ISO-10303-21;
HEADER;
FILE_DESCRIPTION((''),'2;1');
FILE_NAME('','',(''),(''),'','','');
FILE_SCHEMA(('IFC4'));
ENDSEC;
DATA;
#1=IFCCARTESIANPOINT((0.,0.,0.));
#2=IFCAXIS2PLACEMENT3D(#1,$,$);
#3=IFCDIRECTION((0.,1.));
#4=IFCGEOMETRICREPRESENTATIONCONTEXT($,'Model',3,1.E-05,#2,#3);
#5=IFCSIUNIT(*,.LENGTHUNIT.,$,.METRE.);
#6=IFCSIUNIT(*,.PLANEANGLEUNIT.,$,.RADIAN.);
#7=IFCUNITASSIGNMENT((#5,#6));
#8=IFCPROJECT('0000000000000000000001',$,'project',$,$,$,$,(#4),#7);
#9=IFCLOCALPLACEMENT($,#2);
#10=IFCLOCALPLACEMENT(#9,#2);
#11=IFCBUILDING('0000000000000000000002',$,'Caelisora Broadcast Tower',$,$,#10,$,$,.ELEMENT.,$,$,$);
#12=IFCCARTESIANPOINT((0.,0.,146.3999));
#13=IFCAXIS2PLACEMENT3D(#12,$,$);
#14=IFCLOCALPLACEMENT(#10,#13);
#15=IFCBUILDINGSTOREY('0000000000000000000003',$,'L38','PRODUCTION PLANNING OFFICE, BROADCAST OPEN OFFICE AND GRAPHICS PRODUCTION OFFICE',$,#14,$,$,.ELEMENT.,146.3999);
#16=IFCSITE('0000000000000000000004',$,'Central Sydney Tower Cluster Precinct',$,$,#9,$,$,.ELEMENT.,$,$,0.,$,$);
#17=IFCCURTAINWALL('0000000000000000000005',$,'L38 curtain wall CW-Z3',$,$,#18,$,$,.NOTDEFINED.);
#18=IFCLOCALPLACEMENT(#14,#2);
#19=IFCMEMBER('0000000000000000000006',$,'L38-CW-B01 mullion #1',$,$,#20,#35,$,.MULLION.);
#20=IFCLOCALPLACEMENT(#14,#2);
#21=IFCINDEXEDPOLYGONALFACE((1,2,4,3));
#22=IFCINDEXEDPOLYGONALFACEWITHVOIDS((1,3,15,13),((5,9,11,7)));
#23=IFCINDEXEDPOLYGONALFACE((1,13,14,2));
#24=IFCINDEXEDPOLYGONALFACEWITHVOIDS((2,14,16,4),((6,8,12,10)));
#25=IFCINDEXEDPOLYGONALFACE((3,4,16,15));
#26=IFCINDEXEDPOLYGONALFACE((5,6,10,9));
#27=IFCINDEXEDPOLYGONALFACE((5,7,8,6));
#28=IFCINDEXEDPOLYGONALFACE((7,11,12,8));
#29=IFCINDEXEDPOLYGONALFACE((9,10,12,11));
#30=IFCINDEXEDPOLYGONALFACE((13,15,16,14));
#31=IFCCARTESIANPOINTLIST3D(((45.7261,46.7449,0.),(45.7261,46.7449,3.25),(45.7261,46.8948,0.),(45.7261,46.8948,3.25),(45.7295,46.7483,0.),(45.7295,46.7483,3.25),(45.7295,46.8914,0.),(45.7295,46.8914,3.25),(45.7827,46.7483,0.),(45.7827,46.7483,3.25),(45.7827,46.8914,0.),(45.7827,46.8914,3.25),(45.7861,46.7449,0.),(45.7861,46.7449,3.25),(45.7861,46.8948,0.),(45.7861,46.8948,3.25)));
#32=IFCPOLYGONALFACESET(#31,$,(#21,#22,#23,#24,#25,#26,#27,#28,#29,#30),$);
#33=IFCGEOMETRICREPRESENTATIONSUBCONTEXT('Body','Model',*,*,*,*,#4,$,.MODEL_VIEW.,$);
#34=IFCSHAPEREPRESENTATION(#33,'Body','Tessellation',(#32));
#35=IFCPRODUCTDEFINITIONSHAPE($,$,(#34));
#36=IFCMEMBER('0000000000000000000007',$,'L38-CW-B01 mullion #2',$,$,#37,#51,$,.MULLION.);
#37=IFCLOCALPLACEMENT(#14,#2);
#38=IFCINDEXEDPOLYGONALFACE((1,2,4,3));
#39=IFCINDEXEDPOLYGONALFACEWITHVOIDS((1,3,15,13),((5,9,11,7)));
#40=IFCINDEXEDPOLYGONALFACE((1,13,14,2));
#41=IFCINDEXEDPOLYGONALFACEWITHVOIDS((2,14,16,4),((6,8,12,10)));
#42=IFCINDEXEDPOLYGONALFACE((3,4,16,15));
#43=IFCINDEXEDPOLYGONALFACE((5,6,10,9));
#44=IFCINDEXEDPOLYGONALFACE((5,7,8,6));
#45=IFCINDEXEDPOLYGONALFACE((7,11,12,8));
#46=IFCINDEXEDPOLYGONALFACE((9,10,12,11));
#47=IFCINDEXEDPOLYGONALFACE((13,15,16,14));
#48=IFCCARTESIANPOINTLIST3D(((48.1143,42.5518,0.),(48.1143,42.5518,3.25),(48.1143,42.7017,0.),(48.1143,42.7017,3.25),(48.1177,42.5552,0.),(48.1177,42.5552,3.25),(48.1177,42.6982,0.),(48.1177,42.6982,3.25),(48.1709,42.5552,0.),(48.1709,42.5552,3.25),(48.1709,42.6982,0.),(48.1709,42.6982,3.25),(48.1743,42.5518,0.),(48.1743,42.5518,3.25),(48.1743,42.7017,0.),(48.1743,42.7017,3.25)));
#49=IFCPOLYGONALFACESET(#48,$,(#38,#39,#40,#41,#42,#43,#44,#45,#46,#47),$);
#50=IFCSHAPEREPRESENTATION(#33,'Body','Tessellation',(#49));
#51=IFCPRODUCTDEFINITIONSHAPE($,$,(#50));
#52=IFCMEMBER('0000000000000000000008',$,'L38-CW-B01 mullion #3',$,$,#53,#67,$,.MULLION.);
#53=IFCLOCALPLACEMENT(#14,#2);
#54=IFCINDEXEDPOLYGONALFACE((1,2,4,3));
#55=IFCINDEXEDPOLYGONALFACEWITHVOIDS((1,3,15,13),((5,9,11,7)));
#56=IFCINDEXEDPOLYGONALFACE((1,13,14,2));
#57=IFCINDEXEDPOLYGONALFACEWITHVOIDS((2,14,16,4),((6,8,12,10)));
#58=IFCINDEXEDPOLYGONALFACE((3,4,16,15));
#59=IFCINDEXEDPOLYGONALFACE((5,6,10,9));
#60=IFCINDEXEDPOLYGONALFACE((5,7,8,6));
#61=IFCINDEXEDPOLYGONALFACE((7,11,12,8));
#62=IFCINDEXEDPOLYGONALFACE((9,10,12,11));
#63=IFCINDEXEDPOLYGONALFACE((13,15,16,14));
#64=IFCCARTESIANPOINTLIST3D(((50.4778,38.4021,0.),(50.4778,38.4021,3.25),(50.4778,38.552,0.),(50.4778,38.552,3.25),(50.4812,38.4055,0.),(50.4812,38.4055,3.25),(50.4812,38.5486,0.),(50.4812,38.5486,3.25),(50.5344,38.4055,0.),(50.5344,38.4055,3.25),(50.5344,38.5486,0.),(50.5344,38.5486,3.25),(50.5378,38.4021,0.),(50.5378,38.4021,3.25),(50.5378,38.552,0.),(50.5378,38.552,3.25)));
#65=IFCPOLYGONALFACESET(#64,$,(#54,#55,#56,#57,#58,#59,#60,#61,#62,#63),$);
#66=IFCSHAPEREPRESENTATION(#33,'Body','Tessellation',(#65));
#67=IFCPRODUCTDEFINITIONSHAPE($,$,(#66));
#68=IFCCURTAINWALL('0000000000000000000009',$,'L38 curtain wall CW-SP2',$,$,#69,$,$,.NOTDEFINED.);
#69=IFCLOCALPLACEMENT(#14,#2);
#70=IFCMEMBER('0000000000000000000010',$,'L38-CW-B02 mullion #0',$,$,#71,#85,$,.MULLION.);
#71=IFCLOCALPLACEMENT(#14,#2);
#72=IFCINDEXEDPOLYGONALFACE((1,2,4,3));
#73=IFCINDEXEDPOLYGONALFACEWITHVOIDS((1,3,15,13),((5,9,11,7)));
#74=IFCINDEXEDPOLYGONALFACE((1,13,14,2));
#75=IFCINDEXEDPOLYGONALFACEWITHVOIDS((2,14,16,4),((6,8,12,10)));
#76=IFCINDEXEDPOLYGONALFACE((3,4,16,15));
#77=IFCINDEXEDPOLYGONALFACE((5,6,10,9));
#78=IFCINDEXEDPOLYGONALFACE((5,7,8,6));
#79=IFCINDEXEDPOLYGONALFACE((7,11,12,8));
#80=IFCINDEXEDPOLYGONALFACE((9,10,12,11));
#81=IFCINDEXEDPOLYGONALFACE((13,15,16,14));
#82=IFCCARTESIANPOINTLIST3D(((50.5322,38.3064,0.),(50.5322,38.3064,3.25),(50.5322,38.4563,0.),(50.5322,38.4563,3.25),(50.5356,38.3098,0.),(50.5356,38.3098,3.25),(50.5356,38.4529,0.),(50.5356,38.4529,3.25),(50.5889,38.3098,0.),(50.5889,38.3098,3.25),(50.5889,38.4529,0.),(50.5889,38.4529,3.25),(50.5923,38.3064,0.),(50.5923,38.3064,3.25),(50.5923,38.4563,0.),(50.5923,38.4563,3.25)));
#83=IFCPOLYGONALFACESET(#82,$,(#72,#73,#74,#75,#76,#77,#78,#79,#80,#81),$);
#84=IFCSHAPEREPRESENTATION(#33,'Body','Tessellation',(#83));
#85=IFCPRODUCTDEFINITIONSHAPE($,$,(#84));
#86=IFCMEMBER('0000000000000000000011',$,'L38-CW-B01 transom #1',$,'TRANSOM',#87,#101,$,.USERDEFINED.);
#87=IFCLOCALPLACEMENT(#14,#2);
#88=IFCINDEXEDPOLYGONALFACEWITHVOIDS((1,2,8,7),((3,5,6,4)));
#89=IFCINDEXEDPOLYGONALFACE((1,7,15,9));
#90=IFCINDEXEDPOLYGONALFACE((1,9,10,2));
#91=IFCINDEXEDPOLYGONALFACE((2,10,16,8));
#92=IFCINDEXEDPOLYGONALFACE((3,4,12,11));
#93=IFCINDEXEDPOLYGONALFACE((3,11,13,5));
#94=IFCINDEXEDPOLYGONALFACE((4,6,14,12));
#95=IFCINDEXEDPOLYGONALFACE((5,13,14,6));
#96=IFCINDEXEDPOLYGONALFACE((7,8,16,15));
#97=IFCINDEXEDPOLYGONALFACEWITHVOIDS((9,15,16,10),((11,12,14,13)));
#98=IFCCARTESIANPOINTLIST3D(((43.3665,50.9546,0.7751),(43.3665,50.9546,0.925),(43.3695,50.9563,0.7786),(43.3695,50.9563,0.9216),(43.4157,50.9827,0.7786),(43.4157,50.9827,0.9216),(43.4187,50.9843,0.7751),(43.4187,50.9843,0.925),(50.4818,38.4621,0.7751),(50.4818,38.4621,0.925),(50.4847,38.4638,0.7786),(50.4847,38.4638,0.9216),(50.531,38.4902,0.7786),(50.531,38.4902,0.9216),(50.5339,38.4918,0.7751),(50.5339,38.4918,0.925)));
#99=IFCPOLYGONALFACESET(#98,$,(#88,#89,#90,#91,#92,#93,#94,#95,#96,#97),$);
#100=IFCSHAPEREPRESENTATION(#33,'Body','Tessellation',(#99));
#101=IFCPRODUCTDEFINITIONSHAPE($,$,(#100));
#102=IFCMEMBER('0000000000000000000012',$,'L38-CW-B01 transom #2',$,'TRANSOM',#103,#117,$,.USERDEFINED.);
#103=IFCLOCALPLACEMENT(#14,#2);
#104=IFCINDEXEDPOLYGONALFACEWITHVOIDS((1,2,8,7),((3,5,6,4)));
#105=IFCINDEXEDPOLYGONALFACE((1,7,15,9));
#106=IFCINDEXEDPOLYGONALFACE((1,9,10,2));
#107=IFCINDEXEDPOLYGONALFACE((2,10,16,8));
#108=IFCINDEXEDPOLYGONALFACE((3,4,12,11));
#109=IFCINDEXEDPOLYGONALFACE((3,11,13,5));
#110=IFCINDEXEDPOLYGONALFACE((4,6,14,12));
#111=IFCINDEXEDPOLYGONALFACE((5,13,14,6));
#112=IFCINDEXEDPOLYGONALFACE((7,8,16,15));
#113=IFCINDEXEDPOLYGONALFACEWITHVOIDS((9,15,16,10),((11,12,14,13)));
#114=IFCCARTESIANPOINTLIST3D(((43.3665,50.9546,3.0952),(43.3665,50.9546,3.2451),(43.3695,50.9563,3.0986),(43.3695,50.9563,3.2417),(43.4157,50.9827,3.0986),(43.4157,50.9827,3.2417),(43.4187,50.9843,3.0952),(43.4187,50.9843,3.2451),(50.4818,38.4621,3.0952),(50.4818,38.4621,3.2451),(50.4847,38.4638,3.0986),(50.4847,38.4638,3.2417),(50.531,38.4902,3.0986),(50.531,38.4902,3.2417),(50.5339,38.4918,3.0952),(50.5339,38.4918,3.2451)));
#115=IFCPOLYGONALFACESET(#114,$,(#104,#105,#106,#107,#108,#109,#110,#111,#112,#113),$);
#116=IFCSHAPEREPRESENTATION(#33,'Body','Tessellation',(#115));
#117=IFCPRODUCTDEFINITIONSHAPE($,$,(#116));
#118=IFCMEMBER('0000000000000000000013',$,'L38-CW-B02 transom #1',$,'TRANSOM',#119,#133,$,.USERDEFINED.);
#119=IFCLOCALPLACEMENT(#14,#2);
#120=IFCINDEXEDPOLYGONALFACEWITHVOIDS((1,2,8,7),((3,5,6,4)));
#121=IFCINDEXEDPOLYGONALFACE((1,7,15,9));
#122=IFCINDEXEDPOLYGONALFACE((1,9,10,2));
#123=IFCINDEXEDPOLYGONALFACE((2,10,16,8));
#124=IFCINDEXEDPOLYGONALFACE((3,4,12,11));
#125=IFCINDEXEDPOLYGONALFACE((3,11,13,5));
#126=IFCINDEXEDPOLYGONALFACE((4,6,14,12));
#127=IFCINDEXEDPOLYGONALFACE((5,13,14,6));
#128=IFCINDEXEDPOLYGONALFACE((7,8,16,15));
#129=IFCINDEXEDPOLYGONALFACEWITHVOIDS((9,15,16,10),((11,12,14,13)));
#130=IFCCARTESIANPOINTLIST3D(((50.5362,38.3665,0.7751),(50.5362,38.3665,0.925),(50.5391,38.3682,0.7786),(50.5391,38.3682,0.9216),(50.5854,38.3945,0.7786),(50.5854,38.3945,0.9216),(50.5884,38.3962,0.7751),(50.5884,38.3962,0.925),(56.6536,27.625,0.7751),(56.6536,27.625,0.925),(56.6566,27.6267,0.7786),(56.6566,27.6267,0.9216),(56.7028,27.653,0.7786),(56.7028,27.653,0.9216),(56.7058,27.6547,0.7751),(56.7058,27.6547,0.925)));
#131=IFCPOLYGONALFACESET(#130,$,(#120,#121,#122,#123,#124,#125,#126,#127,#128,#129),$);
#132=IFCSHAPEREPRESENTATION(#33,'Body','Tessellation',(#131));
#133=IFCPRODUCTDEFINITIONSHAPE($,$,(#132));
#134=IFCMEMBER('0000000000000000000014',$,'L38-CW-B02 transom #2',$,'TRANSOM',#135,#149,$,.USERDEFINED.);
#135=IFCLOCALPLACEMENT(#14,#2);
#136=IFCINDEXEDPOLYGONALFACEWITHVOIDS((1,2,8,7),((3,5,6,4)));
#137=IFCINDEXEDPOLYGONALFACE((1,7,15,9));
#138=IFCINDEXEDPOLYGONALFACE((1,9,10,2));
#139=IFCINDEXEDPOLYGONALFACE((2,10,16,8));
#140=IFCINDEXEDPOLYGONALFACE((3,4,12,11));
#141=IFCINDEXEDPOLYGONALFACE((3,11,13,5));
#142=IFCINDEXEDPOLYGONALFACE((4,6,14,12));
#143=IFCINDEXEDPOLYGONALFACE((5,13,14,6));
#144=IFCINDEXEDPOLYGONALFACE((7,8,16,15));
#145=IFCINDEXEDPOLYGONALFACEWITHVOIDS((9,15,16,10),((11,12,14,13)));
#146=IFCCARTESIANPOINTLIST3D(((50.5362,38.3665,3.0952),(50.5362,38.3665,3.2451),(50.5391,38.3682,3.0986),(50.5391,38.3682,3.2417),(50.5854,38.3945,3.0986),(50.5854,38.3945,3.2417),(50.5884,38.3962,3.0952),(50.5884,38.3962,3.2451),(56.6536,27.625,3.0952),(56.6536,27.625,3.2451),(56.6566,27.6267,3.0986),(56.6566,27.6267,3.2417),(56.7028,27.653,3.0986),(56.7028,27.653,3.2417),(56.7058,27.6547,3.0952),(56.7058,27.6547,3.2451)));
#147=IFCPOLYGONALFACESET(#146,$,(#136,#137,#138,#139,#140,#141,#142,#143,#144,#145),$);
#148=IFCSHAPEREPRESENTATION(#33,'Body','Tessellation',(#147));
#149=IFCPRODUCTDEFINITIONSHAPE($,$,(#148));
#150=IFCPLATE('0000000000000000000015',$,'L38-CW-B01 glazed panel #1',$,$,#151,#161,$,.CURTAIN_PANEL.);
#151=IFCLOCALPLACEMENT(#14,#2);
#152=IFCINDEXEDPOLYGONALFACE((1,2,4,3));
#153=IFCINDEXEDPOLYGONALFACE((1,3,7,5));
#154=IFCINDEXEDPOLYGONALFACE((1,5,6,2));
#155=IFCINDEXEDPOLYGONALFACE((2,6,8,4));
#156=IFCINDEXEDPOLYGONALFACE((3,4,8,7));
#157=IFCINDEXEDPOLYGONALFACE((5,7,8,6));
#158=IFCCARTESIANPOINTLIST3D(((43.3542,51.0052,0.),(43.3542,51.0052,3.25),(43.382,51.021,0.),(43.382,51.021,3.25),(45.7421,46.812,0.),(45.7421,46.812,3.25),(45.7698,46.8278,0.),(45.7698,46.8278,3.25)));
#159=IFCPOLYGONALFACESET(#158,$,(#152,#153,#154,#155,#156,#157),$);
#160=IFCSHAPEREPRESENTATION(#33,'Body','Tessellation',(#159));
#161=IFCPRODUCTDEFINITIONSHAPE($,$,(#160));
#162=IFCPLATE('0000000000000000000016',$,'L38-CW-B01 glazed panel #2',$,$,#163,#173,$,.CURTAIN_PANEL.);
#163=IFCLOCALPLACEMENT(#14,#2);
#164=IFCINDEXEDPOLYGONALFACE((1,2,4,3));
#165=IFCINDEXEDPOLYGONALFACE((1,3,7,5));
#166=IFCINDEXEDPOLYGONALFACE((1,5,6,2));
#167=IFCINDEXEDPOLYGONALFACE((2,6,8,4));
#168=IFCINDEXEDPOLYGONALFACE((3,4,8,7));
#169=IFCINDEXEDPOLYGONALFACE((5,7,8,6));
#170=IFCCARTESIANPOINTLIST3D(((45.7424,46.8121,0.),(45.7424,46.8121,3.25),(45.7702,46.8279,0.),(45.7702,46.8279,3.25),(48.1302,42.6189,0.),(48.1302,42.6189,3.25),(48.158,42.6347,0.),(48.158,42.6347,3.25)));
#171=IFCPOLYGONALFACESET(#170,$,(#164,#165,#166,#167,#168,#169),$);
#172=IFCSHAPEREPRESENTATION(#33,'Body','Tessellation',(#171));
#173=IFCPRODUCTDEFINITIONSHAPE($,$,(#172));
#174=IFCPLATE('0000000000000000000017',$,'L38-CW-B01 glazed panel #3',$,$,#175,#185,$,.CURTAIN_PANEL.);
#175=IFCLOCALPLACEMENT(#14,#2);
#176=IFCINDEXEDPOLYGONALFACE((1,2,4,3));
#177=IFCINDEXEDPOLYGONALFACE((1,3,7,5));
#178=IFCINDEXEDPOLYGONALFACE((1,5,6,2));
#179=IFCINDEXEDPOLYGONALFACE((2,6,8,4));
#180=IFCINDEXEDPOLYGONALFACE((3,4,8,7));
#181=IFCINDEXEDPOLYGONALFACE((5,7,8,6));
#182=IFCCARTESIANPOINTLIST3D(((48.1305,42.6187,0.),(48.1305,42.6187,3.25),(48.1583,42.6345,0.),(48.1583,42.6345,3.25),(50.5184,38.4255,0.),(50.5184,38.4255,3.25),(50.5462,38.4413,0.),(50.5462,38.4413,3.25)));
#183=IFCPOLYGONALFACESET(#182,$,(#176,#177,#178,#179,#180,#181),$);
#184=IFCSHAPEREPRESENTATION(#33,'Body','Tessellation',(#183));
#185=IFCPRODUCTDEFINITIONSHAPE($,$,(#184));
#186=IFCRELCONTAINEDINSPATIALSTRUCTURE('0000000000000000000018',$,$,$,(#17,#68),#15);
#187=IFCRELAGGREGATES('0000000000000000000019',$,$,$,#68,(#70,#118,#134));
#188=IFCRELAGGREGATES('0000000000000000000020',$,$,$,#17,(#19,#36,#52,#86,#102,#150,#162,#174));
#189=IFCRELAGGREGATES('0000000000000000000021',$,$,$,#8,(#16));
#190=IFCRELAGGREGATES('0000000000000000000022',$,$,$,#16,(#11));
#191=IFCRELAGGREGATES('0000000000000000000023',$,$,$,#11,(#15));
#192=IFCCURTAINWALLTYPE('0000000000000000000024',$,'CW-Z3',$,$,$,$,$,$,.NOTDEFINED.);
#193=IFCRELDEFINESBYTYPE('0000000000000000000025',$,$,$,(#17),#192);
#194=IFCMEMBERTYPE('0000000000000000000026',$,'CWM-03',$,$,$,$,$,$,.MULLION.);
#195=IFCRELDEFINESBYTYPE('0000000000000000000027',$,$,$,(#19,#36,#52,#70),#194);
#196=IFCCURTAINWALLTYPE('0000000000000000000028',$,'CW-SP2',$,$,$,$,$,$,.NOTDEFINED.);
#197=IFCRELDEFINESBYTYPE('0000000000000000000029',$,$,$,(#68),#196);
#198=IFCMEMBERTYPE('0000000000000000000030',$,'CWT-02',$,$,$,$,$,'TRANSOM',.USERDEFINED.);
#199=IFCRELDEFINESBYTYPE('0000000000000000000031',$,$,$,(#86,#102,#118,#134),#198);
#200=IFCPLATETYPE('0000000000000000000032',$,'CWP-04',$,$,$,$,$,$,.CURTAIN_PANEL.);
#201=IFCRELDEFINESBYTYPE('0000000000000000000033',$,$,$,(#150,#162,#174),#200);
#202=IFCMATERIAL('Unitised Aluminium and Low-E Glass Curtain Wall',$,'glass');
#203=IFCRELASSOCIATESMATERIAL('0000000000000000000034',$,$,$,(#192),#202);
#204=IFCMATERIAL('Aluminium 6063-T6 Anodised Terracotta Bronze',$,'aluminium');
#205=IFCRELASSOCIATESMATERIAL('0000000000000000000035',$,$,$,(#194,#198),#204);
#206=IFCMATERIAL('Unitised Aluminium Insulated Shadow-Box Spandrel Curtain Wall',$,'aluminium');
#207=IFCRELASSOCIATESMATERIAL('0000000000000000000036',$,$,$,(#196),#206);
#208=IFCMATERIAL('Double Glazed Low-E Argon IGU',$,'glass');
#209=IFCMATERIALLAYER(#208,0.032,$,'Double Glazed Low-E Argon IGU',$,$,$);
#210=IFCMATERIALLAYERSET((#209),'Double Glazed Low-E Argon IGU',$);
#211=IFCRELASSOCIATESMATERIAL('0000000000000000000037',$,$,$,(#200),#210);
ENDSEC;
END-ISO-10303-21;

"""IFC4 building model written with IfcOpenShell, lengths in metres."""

from ifc_helpers import new_model, si_unit, direction, frame, origin, origin_2d, place, context, subcontext, project, spatial, rectangle, hollow_rectangle, extrude, source, transform, mapped, material, layer, layer_set, material_profile, profile_set, type_object, type_shapes, element, aggregate, save


model = new_model("IFC4")

# Units and contexts
model_context = context("Model", 3, precision=1e-05, world=origin(), true_north=direction((0.0, 1.0)))
body_context = subcontext(model_context, "Body", "Model", "MODEL_VIEW")
ifc_project = project(units=[si_unit("LENGTHUNIT", "METRE"), si_unit("PLANEANGLEUNIT", "RADIAN")], contexts=[model_context])

# Site, building, storey
site_placement = place(None, origin())
site = spatial("IfcSite", under=ifc_project, at=site_placement, Name="Central Sydney Tower Cluster Precinct", CompositionType="ELEMENT", RefElevation=0.0)
building_placement = place(site_placement, origin())
building = spatial("IfcBuilding", under=site, at=building_placement, Name="Caelisora Broadcast Tower", CompositionType="ELEMENT")
storey_placement = place(building_placement, frame((0.0, 0.0, 146.3999)))
storey = spatial("IfcBuildingStorey", under=building, at=storey_placement, Name="L38", Description="PRODUCTION PLANNING OFFICE, BROADCAST OPEN OFFICE AND GRAPHICS PRODUCTION OFFICE", CompositionType="ELEMENT", Elevation=146.3999)

# Curtain wall, members
ifc_material_1 = material(Name="Unitised Aluminium and Low-E Glass Curtain Wall", Category="glass")
curtain_wall_type_1 = type_object("IfcCurtainWallType", Name="CW-Z3", PredefinedType="NOTDEFINED", material=ifc_material_1)
curtain_wall_1_placement = place(storey_placement, origin())
curtain_wall_1 = element("IfcCurtainWall", 1, at=curtain_wall_1_placement, inside=storey, type_object=curtain_wall_type_1, Name="L38 curtain wall CW-Z3", PredefinedType="NOTDEFINED")
ifc_material_2 = material(Name="Aluminium 6063-T6 Anodised Terracotta Bronze", Category="aluminium")
ifc_material_profile_1 = material_profile(ifc_material_2, hollow_rectangle(XDim=0.0601, YDim=0.1499, WallThickness=0.0034, at=origin_2d()), Name="Aluminium 6063-T6 Anodised Terracotta Bronze")
ifc_profile_set_1 = profile_set([ifc_material_profile_1], Name="Aluminium 6063-T6 Anodised Terracotta Bronze")
member_type_1 = type_object("IfcMemberType", Name="CWM-03", PredefinedType="MULLION", material=ifc_profile_set_1)
shared_shape_1 = source(origin(), body_context, "Body", "SweptSolid", [
    extrude(hollow_rectangle(XDim=0.0601, YDim=0.1499, WallThickness=0.0034, at=origin_2d()), origin(), (0.0, 0.0, 1.0), 3.25),
])
type_shapes(member_type_1, [shared_shape_1])
member_1_placement = place(storey_placement, frame((45.7561, 46.8198, 0.0), z_axis=(0.0, 0.0, 1.0), x_axis=(1.0, 0.0, 0.0)))
member_1 = element("IfcMember", 2, at=member_1_placement, type_object=member_type_1, Name="L38-CW-B01 mullion #1", PredefinedType="MULLION", context=body_context, shape_type="MappedRepresentation", body=[
    mapped(shared_shape_1, transform((0.0, 0.0, 0.0), scale=1.0)),
])
member_2_placement = place(storey_placement, frame((48.1443, 42.6267, 0.0), z_axis=(0.0, 0.0, 1.0), x_axis=(1.0, 0.0, 0.0)))
member_2 = element("IfcMember", 3, at=member_2_placement, type_object=member_type_1, Name="L38-CW-B01 mullion #2", PredefinedType="MULLION", context=body_context, shape_type="MappedRepresentation", body=[
    mapped(shared_shape_1, transform((0.0, 0.0, 0.0), scale=1.0)),
])
member_3_placement = place(storey_placement, frame((50.5078, 38.4771, 0.0), z_axis=(0.0, 0.0, 1.0), x_axis=(1.0, 0.0, 0.0)))
member_3 = element("IfcMember", 4, at=member_3_placement, type_object=member_type_1, Name="L38-CW-B01 mullion #3", PredefinedType="MULLION", context=body_context, shape_type="MappedRepresentation", body=[
    mapped(shared_shape_1, transform((0.0, 0.0, 0.0), scale=1.0)),
])

# Curtain wall, member
ifc_material_3 = material(Name="Unitised Aluminium Insulated Shadow-Box Spandrel Curtain Wall", Category="aluminium")
curtain_wall_type_2 = type_object("IfcCurtainWallType", Name="CW-SP2", PredefinedType="NOTDEFINED", material=ifc_material_3)
curtain_wall_2_placement = place(storey_placement, origin())
curtain_wall_2 = element("IfcCurtainWall", 5, at=curtain_wall_2_placement, inside=storey, type_object=curtain_wall_type_2, Name="L38 curtain wall CW-SP2", PredefinedType="NOTDEFINED")
member_4_placement = place(storey_placement, frame((50.5623, 38.3813, 0.0), z_axis=(0.0, 0.0, 1.0), x_axis=(1.0, 0.0, 0.0)))
member_4 = element("IfcMember", 6, at=member_4_placement, type_object=member_type_1, Name="L38-CW-B02 mullion #0", PredefinedType="MULLION", context=body_context, shape_type="MappedRepresentation", body=[
    mapped(shared_shape_1, transform((0.0, 0.0, 0.0), scale=1.0)),
])

# Members
ifc_material_profile_2 = material_profile(ifc_material_2, hollow_rectangle(XDim=0.0601, YDim=0.1499, WallThickness=0.0034, at=origin_2d()), Name="Aluminium 6063-T6 Anodised Terracotta Bronze")
ifc_profile_set_2 = profile_set([ifc_material_profile_2], Name="Aluminium 6063-T6 Anodised Terracotta Bronze")
member_type_2 = type_object("IfcMemberType", Name="CWT-02", ElementType="TRANSOM", PredefinedType="USERDEFINED", material=ifc_profile_set_2)
shared_shape_2 = source(origin(), body_context, "Body", "SweptSolid", [
    extrude(hollow_rectangle(XDim=0.0601, YDim=0.1499, WallThickness=0.0034, at=origin_2d()), origin(), (0.0, 0.0, 1.0), 14.3767),
])
member_5_placement = place(storey_placement, frame((43.3926, 50.9695, 0.8501), z_axis=(0.494917, -0.86894, 0.0), x_axis=(0.86894, 0.494917, 0.0)))
member_5 = element("IfcMember", 7, at=member_5_placement, type_object=member_type_2, Name="L38-CW-B01 transom #1", ObjectType="TRANSOM", PredefinedType="USERDEFINED", context=body_context, shape_type="MappedRepresentation", body=[
    mapped(shared_shape_2, transform((0.0, 0.0, 0.0), scale=1.0)),
])
member_6_placement = place(storey_placement, frame((43.3926, 50.9695, 3.1702), z_axis=(0.494917, -0.86894, 0.0), x_axis=(0.86894, 0.494917, 0.0)))
member_6 = element("IfcMember", 8, at=member_6_placement, type_object=member_type_2, Name="L38-CW-B01 transom #2", ObjectType="TRANSOM", PredefinedType="USERDEFINED", context=body_context, shape_type="MappedRepresentation", body=[
    mapped(shared_shape_2, transform((0.0, 0.0, 0.0), scale=1.0)),
])
shared_shape_3 = source(origin(), body_context, "Body", "SweptSolid", [
    extrude(hollow_rectangle(XDim=0.0601, YDim=0.1499, WallThickness=0.0034, at=origin_2d()), origin(), (0.0, 0.0, 1.0), 12.3613),
])
type_shapes(member_type_2, [shared_shape_2, shared_shape_3])
member_7_placement = place(storey_placement, frame((50.5623, 38.3813, 0.8501), z_axis=(0.494886, -0.868958, 0.0), x_axis=(0.868958, 0.494886, 0.0)))
member_7 = element("IfcMember", 9, at=member_7_placement, type_object=member_type_2, Name="L38-CW-B02 transom #1", ObjectType="TRANSOM", PredefinedType="USERDEFINED", context=body_context, shape_type="MappedRepresentation", body=[
    mapped(shared_shape_3, transform((0.0, 0.0, 0.0), scale=1.0)),
])
member_8_placement = place(storey_placement, frame((50.5623, 38.3813, 3.1702), z_axis=(0.494886, -0.868958, 0.0), x_axis=(0.868958, 0.494886, 0.0)))
member_8 = element("IfcMember", 10, at=member_8_placement, type_object=member_type_2, Name="L38-CW-B02 transom #2", ObjectType="TRANSOM", PredefinedType="USERDEFINED", context=body_context, shape_type="MappedRepresentation", body=[
    mapped(shared_shape_3, transform((0.0, 0.0, 0.0), scale=1.0)),
])
aggregate(curtain_wall_2, [member_4, member_7, member_8])

# Plates
ifc_material_4 = material(Name="Double Glazed Low-E Argon IGU", Category="glass")
ifc_layer_1 = layer(ifc_material_4, 0.032, Name="Double Glazed Low-E Argon IGU")
ifc_layer_set_1 = layer_set([ifc_layer_1], Name="Double Glazed Low-E Argon IGU")
plate_type = type_object("IfcPlateType", Name="CWP-04", PredefinedType="CURTAIN_PANEL", material=ifc_layer_set_1)
shared_shape_4 = source(origin(), body_context, "Body", "SweptSolid", [
    extrude(rectangle(XDim=4.8254, YDim=0.032, at=origin_2d()), origin(), (0.0, 0.0, 1.0), 3.25),
])
type_shapes(plate_type, [shared_shape_4])
plate_1_placement = place(storey_placement, frame((44.562, 48.9165, 0.0), z_axis=(0.0, 0.0, 1.0), x_axis=(0.494852, -0.868977, 0.0)))
plate_1 = element("IfcPlate", 11, at=plate_1_placement, type_object=plate_type, Name="L38-CW-B01 glazed panel #1", PredefinedType="CURTAIN_PANEL", context=body_context, shape_type="MappedRepresentation", body=[
    mapped(shared_shape_4, transform((0.0, 0.0, 0.0), scale=1.0)),
])
plate_2_placement = place(storey_placement, frame((46.9502, 44.7234, 0.0), z_axis=(0.0, 0.0, 1.0), x_axis=(0.494852, -0.868977, 0.0)))
plate_2 = element("IfcPlate", 12, at=plate_2_placement, type_object=plate_type, Name="L38-CW-B01 glazed panel #2", PredefinedType="CURTAIN_PANEL", context=body_context, shape_type="MappedRepresentation", body=[
    mapped(shared_shape_4, transform((0.0, 0.0, 0.0), scale=1.0)),
])
plate_3_placement = place(storey_placement, frame((49.3384, 40.53, 0.0), z_axis=(0.0, 0.0, 1.0), x_axis=(0.494852, -0.868977, 0.0)))
plate_3 = element("IfcPlate", 13, at=plate_3_placement, type_object=plate_type, Name="L38-CW-B01 glazed panel #3", PredefinedType="CURTAIN_PANEL", context=body_context, shape_type="MappedRepresentation", body=[
    mapped(shared_shape_4, transform((0.0, 0.0, 0.0), scale=1.0)),
])
aggregate(curtain_wall_1, [member_1, member_2, member_3, member_5, member_6, plate_1, plate_2, plate_3])

save(model, "model.ifc")
